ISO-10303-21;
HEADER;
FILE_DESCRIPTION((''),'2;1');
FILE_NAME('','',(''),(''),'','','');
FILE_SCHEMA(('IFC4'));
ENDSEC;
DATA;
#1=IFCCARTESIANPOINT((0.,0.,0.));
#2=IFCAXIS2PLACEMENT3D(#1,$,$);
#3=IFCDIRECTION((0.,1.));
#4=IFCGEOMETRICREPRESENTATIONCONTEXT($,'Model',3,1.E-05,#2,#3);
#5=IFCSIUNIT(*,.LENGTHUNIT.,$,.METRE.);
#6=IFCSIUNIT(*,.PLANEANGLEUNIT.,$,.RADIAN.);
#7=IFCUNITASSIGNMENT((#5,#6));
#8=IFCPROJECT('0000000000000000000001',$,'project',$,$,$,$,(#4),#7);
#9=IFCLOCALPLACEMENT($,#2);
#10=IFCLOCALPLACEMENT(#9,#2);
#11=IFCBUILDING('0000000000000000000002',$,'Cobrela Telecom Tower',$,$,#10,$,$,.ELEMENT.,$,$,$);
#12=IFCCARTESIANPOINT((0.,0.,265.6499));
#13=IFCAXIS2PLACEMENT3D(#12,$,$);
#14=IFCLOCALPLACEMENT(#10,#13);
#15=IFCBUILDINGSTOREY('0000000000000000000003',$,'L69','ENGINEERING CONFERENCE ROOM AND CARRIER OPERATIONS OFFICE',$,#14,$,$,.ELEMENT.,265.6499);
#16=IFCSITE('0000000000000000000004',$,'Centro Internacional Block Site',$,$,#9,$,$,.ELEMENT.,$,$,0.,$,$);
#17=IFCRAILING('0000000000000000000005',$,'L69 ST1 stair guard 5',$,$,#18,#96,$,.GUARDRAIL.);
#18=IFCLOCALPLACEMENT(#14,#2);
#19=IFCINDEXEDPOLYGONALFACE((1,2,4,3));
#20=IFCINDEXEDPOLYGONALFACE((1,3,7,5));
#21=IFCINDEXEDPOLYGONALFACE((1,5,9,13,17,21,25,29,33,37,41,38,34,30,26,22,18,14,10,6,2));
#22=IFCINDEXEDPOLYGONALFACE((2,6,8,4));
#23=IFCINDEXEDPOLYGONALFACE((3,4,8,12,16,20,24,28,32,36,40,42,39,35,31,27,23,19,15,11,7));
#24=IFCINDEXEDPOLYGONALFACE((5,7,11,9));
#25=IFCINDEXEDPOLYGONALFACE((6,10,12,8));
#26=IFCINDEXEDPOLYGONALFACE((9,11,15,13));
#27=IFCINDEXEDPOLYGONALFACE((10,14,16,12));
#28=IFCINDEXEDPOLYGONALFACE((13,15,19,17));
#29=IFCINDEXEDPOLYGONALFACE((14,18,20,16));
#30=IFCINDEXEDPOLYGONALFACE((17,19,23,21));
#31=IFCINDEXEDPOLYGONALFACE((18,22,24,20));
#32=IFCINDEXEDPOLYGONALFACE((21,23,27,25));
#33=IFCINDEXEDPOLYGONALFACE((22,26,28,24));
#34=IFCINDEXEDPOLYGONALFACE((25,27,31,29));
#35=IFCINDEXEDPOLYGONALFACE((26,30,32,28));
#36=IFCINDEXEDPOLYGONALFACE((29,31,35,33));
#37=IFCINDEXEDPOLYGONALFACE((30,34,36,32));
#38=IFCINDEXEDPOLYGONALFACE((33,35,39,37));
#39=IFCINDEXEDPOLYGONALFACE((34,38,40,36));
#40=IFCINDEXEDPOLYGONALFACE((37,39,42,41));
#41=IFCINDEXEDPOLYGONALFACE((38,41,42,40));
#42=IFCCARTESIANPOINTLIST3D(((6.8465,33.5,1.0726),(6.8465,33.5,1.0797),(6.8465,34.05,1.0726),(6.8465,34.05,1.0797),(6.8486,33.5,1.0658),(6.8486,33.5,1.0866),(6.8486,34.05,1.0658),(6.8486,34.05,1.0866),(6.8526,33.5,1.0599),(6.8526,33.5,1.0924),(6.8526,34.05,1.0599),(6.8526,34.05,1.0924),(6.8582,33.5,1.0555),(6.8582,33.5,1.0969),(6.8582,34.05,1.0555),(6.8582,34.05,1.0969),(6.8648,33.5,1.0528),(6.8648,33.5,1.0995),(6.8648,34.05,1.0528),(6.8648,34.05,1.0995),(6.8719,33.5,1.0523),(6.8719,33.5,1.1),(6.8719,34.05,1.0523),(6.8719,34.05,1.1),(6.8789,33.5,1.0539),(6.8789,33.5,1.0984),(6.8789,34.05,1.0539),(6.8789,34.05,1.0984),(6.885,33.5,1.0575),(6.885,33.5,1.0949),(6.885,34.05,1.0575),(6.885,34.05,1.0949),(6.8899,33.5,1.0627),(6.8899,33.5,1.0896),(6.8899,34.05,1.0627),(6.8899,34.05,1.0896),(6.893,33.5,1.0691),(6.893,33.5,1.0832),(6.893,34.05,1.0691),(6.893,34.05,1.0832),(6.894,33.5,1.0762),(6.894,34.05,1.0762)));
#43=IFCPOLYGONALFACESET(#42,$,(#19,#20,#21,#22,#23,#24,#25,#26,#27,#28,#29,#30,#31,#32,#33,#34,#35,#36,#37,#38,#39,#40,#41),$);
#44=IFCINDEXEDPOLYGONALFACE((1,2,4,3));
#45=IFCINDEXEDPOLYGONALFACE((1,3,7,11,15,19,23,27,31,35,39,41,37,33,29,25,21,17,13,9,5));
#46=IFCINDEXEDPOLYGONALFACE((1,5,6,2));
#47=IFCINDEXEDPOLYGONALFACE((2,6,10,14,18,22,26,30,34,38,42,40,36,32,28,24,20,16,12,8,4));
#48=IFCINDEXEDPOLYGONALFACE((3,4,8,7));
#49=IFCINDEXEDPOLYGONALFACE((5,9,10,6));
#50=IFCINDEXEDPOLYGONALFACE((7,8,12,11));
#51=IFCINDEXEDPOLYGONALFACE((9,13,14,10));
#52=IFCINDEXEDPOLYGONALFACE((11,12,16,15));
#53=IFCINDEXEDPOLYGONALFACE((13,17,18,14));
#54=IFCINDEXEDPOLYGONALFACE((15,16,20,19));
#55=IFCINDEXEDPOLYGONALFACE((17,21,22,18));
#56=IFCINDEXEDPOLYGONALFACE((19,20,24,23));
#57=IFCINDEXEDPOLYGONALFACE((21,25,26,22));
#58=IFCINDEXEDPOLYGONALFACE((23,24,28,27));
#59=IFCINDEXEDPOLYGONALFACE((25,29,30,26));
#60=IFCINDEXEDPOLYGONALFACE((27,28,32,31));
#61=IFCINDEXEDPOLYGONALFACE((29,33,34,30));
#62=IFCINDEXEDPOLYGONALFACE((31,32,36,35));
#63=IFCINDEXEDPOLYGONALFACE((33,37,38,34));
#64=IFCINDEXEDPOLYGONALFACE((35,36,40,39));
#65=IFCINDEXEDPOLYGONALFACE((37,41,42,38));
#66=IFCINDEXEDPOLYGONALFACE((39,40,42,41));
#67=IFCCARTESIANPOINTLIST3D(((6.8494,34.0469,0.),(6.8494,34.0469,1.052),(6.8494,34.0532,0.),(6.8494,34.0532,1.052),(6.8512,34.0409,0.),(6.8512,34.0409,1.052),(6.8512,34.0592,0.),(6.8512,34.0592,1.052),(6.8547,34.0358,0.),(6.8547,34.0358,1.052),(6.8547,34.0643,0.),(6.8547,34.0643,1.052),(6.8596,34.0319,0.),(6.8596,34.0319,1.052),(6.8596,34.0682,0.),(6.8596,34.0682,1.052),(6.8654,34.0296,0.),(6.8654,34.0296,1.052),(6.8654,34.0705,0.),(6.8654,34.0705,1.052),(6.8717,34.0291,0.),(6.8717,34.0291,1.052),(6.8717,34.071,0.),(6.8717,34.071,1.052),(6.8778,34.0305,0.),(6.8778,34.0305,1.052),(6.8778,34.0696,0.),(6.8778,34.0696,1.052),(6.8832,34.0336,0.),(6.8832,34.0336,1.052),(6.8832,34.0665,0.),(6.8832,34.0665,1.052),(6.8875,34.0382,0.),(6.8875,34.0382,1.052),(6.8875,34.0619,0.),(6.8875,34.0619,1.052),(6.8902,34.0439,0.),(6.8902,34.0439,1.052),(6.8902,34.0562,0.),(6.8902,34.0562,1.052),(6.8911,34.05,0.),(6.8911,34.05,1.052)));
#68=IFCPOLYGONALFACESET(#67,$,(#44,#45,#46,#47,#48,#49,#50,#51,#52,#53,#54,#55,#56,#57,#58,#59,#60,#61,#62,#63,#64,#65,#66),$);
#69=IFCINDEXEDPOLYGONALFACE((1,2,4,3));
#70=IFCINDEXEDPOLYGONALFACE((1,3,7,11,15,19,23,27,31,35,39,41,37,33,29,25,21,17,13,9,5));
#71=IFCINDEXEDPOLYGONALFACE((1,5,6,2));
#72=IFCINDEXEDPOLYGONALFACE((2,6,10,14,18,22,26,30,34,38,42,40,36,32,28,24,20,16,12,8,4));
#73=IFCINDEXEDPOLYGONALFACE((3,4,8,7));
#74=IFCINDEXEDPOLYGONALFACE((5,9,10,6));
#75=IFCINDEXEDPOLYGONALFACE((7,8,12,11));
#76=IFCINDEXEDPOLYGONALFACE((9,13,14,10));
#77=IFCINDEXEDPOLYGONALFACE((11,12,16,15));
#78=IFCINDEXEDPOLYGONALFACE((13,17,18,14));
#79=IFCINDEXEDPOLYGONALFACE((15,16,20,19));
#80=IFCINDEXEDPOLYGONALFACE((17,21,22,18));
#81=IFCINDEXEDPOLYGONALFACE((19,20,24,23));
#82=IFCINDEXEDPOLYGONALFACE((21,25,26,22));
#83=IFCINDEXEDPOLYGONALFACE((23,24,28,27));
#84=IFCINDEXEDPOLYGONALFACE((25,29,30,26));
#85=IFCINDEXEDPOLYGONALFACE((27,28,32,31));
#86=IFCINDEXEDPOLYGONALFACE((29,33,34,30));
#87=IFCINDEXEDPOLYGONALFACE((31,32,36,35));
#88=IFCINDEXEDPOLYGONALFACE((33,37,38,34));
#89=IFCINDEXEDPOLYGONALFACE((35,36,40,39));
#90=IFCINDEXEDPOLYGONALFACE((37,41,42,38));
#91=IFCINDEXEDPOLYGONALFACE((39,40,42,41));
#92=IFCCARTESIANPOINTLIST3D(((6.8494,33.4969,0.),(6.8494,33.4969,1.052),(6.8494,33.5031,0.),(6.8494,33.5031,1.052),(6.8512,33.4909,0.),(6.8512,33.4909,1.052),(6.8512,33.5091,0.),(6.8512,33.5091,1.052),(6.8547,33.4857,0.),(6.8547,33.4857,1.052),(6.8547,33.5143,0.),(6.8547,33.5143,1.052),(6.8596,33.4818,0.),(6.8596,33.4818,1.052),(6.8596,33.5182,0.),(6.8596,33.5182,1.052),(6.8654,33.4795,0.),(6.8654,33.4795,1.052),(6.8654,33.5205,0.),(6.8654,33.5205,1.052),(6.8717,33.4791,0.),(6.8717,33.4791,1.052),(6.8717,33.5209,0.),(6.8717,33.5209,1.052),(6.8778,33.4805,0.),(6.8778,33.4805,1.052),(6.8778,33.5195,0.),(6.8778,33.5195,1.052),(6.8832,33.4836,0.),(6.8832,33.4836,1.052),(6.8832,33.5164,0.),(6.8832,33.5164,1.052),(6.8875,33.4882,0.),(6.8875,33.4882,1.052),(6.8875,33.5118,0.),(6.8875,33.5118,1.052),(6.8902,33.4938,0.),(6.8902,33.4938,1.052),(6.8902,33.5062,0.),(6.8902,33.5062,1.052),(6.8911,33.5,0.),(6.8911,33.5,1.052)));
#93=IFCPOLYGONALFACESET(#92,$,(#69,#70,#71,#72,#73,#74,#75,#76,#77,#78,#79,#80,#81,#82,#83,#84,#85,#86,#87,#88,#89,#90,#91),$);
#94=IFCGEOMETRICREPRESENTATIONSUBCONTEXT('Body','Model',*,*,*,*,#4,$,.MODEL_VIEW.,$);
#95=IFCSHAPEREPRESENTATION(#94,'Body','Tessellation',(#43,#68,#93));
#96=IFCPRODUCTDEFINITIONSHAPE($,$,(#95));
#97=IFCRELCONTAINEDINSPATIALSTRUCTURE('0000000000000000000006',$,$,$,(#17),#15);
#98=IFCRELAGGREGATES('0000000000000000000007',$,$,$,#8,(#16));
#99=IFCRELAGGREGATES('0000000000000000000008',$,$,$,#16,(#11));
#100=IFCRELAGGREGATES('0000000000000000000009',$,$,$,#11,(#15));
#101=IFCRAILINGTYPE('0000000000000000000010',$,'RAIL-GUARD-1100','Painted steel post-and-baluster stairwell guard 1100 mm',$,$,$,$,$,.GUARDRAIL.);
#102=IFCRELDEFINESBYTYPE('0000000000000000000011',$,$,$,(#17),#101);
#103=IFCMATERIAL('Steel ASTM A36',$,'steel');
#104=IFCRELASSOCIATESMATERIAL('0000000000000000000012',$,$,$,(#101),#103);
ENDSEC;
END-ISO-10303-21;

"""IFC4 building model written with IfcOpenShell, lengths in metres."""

from ifc_helpers import new_model, si_unit, direction, frame, origin, origin_2d, place, context, subcontext, project, spatial, circle, extrude, material, type_object, element, save


model = new_model("IFC4")

# Units and contexts
model_context = context("Model", 3, precision=1e-05, world=origin(), true_north=direction((0.0, 1.0)))
body_context = subcontext(model_context, "Body", "Model", "MODEL_VIEW")
ifc_project = project(units=[si_unit("LENGTHUNIT", "METRE"), si_unit("PLANEANGLEUNIT", "RADIAN")], contexts=[model_context])

# Site, building, storey
site_placement = place(None, origin())
site = spatial("IfcSite", under=ifc_project, at=site_placement, Name="Centro Internacional Block Site", CompositionType="ELEMENT", RefElevation=0.0)
building_placement = place(site_placement, origin())
building = spatial("IfcBuilding", under=site, at=building_placement, Name="Cobrela Telecom Tower", CompositionType="ELEMENT")
storey_placement = place(building_placement, frame((0.0, 0.0, 265.6499)))
storey = spatial("IfcBuildingStorey", under=building, at=storey_placement, Name="L69", Description="ENGINEERING CONFERENCE ROOM AND CARRIER OPERATIONS OFFICE", CompositionType="ELEMENT", Elevation=265.6499)

# Shared definitions
ifc_material_1 = material(Name="Steel ASTM A36", Category="steel")

# Railing
railing_type_1 = type_object("IfcRailingType", Name="RAIL-GUARD-1100", Description="Painted steel post-and-baluster stairwell guard 1100 mm", PredefinedType="GUARDRAIL", material=ifc_material_1)
railing_1_placement = place(storey_placement, frame((6.8701, 34.05, 0.0)))
element("IfcRailing", 1, at=railing_1_placement, inside=storey, type_object=railing_type_1, Name="L69 ST1 stair guard 5", PredefinedType="GUARDRAIL", context=body_context, shape_type="SweptSolid", body=[
    extrude(circle(Radius=0.0239, at=origin_2d()), frame((0.0, 0.0, 1.0762), z_axis=(0.0, -1.0, 0.0), x_axis=(1.0, 0.0, 0.0)), (0.0, 0.0, 1.0), 0.55),
    extrude(circle(Radius=0.021, at=origin_2d()), origin(), (0.0, 0.0, 1.0), 1.052),
    extrude(circle(Radius=0.021, at=origin_2d()), frame((0.0, -0.55, 0.0)), (0.0, 0.0, 1.0), 1.052),
])

save(model, "model.ifc")
